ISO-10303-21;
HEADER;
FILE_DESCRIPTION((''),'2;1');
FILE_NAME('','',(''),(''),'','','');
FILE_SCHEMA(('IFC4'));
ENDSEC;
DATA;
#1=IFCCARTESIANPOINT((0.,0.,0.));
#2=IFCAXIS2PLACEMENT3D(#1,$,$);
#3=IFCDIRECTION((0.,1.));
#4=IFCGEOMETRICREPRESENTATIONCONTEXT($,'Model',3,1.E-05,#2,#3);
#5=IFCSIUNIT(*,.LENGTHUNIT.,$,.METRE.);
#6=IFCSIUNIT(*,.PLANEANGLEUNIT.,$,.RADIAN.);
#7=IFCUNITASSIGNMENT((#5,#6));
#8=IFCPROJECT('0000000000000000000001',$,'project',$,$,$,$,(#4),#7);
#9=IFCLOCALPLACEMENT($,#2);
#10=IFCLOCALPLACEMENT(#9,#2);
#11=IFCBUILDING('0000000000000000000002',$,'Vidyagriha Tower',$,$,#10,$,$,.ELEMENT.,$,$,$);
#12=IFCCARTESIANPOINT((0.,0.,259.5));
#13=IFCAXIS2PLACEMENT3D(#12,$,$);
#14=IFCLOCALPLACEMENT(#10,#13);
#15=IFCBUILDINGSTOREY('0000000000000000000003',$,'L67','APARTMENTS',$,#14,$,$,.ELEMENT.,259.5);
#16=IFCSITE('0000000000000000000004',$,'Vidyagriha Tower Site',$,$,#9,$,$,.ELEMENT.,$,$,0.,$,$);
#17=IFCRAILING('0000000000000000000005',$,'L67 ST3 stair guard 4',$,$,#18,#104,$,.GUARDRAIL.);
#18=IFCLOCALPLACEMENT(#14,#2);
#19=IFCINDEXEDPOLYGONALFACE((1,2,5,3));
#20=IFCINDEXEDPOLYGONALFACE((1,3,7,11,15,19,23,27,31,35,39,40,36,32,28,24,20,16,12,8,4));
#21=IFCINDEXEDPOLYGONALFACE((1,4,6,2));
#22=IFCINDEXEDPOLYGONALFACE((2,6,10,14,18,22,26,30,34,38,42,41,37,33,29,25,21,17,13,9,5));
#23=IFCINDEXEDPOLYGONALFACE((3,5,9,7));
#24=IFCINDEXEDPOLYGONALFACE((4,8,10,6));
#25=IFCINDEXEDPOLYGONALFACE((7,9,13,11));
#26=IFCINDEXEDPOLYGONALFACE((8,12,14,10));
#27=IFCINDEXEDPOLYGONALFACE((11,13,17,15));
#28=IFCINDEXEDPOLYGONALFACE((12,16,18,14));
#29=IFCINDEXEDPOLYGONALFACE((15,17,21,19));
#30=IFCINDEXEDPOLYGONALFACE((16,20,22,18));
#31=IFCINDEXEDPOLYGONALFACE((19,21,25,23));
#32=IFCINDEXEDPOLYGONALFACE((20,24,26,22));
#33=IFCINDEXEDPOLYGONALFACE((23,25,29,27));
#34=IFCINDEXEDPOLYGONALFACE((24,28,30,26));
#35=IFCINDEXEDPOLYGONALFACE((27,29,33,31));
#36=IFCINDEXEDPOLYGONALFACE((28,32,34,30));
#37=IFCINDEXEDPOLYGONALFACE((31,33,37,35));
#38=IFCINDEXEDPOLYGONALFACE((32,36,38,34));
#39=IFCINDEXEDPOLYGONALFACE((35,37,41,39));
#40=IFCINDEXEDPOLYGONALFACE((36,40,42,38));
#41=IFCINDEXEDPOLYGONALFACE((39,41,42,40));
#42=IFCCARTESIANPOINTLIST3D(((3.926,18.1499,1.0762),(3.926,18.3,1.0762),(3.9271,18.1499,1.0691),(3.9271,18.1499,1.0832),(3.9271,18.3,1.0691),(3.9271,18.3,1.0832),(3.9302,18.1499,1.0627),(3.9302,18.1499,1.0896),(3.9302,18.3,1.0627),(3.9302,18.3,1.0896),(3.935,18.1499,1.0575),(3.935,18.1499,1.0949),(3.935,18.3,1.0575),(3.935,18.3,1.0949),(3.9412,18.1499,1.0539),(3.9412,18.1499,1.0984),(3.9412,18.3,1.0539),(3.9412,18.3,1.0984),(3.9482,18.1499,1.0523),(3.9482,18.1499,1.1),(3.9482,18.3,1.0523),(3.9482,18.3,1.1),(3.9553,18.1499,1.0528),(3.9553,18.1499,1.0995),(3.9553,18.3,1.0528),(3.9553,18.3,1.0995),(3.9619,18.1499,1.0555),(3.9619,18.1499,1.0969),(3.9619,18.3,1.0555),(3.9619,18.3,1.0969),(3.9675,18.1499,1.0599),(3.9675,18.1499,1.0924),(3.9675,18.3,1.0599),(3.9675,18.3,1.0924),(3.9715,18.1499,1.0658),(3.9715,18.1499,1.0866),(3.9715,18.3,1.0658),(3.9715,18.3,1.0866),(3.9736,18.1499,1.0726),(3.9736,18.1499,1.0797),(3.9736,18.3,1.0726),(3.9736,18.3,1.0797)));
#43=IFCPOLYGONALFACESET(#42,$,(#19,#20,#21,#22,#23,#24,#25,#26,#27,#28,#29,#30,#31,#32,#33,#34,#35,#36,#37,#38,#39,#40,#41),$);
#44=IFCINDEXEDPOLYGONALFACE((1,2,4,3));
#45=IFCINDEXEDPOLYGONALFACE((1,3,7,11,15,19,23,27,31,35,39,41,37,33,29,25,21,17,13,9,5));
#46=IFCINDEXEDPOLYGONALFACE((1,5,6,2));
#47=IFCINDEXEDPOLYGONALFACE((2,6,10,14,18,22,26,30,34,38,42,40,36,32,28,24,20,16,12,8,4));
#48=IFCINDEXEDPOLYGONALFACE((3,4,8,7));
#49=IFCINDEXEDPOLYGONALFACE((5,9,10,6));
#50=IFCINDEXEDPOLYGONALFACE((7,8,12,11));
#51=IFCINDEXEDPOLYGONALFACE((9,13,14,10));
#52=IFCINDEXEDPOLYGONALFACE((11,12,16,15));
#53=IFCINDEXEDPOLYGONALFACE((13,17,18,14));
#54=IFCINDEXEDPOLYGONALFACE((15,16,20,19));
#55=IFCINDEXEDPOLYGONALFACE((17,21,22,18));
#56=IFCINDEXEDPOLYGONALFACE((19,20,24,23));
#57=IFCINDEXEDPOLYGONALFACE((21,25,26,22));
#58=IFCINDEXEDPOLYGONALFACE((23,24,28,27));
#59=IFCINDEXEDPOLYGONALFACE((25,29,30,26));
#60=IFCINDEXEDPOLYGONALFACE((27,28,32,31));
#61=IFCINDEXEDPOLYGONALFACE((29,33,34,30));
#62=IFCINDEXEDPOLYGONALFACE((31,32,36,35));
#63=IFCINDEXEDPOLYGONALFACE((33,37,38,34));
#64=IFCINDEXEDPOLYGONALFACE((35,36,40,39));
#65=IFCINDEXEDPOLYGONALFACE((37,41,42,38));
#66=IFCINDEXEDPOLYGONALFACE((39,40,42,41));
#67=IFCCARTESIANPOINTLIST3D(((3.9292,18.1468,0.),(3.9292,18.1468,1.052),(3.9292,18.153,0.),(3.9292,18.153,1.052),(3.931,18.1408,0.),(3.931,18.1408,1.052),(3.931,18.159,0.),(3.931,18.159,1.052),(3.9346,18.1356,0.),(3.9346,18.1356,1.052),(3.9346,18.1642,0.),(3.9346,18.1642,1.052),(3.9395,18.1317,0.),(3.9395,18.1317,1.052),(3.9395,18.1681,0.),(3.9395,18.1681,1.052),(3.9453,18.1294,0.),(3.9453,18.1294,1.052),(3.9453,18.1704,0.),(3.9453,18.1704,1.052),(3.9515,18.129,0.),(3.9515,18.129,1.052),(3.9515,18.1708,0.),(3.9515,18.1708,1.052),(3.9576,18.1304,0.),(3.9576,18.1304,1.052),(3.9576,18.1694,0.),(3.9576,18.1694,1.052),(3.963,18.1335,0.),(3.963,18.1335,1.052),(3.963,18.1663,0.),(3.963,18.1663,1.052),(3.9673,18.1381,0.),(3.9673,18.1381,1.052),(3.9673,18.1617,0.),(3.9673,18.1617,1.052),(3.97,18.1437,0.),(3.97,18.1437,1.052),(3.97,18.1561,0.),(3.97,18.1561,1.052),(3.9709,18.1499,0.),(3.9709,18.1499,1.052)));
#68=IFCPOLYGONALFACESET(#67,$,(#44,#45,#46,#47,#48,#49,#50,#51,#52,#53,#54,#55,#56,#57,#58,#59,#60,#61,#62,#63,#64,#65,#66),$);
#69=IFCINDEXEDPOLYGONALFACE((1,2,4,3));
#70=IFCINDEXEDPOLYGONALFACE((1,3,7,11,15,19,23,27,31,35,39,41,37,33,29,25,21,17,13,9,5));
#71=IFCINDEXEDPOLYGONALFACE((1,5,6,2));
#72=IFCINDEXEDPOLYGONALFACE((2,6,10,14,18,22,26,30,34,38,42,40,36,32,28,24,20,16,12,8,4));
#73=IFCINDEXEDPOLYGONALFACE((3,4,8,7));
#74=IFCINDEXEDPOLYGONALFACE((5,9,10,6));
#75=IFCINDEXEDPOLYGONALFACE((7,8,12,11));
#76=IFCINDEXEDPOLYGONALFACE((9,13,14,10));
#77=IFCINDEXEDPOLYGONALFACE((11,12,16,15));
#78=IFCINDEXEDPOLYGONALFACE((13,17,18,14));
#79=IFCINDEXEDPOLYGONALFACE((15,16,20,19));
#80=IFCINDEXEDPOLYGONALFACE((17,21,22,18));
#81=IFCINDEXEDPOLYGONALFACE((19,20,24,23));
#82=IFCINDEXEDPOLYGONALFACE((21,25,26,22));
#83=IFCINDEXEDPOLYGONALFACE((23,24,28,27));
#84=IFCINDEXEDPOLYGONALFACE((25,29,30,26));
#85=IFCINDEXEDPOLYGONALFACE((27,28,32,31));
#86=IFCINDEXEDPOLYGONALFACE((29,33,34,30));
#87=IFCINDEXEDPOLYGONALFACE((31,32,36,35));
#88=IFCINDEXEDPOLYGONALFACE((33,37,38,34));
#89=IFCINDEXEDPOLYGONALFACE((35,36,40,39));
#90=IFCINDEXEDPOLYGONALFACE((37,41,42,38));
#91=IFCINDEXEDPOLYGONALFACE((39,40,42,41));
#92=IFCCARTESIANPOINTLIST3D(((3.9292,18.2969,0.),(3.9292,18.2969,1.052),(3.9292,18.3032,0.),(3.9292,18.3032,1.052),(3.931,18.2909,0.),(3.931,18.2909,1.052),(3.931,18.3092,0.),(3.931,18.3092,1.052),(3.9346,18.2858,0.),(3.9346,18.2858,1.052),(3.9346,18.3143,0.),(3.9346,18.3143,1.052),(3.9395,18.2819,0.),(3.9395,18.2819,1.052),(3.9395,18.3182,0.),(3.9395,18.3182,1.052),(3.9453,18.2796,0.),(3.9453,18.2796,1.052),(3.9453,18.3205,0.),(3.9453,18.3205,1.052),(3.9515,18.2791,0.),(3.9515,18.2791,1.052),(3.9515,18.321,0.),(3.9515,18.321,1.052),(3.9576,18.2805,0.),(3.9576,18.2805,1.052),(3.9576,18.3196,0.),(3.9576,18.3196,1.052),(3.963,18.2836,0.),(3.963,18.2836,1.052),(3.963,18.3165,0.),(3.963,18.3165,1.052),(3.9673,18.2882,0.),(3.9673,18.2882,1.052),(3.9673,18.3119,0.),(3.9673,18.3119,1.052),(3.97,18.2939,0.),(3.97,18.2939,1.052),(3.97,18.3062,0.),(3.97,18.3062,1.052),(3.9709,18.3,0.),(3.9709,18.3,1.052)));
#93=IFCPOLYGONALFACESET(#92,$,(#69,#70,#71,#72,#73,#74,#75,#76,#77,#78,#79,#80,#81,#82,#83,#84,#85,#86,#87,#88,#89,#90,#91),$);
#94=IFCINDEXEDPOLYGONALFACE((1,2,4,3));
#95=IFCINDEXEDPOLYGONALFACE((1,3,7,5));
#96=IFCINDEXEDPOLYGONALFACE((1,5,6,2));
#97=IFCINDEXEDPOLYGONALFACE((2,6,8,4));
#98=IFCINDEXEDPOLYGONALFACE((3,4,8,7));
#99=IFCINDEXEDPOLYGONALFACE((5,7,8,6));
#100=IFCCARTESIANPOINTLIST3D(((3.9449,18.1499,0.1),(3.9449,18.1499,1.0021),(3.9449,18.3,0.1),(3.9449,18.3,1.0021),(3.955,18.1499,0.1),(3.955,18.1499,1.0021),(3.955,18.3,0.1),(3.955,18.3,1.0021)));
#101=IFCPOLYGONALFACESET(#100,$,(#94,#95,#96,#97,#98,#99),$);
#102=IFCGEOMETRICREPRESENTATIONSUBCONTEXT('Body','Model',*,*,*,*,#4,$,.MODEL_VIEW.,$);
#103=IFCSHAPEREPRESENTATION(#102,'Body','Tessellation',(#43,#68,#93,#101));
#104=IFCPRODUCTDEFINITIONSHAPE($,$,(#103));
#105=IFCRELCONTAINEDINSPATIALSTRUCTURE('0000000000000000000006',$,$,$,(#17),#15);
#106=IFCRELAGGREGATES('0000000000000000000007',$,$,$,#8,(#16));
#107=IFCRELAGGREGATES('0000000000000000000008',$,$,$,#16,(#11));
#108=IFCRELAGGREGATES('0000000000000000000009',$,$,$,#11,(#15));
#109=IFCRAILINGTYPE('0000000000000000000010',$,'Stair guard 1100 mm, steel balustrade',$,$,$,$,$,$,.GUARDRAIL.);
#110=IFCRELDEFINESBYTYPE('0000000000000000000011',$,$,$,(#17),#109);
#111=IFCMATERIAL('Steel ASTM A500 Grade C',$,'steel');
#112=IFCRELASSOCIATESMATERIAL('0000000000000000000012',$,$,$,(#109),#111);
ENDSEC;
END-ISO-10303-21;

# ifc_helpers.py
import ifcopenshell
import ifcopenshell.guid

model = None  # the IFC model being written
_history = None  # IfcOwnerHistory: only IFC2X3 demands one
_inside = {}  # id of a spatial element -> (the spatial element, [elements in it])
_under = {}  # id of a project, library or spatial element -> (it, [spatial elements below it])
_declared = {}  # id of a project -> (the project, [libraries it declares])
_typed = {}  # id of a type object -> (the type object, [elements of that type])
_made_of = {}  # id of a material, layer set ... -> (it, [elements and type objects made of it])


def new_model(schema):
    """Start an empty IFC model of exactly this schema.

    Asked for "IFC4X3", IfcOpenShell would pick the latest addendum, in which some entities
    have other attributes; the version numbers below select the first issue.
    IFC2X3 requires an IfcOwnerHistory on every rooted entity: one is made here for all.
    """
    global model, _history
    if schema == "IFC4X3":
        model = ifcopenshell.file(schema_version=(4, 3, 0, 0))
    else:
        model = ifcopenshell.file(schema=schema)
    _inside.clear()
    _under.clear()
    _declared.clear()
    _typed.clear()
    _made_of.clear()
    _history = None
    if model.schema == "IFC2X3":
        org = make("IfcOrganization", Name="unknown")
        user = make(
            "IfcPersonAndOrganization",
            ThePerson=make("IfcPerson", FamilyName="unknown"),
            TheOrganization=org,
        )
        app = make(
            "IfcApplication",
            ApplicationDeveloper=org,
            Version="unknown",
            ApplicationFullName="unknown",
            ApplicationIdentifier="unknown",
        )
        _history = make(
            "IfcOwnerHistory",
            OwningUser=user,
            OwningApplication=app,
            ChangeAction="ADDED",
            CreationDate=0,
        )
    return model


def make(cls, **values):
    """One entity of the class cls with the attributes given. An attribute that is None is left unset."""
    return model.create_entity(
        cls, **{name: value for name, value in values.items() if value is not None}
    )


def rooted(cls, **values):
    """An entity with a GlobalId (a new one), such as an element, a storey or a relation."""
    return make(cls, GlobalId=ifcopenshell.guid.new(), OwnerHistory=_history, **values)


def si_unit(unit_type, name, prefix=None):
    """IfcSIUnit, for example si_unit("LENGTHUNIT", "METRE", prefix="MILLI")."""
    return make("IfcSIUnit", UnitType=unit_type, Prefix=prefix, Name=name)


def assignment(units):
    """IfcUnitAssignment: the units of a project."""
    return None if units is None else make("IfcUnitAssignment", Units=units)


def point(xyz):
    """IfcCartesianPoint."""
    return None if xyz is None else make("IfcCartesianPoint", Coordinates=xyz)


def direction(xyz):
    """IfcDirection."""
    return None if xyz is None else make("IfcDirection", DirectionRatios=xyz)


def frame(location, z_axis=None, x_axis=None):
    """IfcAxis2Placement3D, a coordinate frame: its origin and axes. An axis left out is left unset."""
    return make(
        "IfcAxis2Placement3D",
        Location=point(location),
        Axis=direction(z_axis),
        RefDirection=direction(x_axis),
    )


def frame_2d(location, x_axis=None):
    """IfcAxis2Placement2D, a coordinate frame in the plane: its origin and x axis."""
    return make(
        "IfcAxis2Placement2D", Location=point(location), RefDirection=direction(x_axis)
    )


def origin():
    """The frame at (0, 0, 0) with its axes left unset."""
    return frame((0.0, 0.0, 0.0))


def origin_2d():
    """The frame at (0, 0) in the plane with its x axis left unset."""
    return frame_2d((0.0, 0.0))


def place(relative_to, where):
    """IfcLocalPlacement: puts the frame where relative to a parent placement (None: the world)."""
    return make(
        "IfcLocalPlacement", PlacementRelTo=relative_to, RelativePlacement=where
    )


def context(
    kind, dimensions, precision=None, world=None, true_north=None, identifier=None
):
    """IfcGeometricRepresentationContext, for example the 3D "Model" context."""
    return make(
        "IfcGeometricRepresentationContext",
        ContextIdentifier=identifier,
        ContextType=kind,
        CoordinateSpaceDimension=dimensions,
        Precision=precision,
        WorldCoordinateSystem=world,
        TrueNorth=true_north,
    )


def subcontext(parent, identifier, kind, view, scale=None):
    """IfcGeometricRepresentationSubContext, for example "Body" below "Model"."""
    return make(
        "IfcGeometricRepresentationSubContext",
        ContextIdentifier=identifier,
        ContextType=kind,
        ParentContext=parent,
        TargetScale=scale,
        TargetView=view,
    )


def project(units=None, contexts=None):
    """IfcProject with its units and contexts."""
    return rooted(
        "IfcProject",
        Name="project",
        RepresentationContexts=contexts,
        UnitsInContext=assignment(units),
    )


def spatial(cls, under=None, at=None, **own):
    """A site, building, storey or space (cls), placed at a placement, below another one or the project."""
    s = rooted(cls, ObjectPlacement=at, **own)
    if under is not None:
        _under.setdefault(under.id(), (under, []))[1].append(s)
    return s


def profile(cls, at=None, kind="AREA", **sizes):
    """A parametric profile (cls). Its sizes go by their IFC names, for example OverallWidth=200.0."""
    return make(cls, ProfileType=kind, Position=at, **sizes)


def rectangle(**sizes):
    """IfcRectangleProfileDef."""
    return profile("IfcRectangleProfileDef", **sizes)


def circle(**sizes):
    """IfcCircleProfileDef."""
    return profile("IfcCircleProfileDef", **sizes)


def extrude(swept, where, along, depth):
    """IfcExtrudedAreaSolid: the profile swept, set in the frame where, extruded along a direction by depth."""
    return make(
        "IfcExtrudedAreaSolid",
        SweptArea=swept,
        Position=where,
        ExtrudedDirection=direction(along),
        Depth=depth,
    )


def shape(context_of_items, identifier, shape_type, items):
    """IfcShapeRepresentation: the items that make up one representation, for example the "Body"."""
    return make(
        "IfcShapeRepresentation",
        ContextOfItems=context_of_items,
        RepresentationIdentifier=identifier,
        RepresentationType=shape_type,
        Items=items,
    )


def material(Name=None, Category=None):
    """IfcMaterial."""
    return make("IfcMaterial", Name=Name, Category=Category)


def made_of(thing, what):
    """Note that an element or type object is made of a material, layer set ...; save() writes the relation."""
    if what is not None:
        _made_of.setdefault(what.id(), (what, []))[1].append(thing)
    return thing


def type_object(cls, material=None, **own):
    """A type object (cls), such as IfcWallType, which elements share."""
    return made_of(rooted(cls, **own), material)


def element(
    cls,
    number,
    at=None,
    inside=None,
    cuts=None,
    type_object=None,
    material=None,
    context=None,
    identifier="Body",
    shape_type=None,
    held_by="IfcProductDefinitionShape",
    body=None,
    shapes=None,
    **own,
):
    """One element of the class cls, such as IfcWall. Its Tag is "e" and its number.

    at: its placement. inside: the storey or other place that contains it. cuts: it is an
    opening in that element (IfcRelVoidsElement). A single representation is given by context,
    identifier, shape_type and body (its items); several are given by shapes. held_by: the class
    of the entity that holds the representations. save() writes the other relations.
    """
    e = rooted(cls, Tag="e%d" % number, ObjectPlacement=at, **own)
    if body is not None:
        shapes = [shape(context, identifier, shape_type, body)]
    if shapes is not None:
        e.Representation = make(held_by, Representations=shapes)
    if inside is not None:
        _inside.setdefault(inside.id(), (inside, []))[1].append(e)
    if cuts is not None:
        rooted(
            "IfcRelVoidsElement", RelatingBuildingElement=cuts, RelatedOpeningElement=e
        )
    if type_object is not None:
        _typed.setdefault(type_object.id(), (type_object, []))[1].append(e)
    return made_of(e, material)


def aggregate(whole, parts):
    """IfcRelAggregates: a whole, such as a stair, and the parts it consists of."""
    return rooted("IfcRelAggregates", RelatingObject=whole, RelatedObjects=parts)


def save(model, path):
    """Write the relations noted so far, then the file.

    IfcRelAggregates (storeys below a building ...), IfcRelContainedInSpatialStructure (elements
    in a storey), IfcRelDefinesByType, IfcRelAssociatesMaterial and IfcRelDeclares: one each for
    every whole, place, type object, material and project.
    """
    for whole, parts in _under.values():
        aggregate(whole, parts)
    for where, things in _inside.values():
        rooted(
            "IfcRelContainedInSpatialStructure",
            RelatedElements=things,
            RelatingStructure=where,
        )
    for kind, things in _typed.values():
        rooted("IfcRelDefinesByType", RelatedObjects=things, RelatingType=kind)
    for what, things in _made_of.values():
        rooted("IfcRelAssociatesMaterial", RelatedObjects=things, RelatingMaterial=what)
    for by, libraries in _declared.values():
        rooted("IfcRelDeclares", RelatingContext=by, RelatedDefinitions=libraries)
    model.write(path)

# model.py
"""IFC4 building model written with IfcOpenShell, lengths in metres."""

from ifc_helpers import new_model, si_unit, direction, frame, origin, origin_2d, place, context, subcontext, project, spatial, rectangle, circle, extrude, material, type_object, element, save


model = new_model("IFC4")

# Units and contexts
model_context = context("Model", 3, precision=1e-05, world=origin(), true_north=direction((0.0, 1.0)))
body_context = subcontext(model_context, "Body", "Model", "MODEL_VIEW")
ifc_project = project(units=[si_unit("LENGTHUNIT", "METRE"), si_unit("PLANEANGLEUNIT", "RADIAN")], contexts=[model_context])

# Site, building, storey
site_placement = place(None, origin())
site = spatial("IfcSite", under=ifc_project, at=site_placement, Name="Vidyagriha Tower Site", CompositionType="ELEMENT", RefElevation=0.0)
building_placement = place(site_placement, origin())
building = spatial("IfcBuilding", under=site, at=building_placement, Name="Vidyagriha Tower", CompositionType="ELEMENT")
storey_placement = place(building_placement, frame((0.0, 0.0, 259.5)))
storey = spatial("IfcBuildingStorey", under=building, at=storey_placement, Name="L67", Description="APARTMENTS", CompositionType="ELEMENT", Elevation=259.5)

# Railing
ifc_material_1 = material(Name="Steel ASTM A500 Grade C", Category="steel")
railing_type_1 = type_object("IfcRailingType", Name="Stair guard 1100 mm, steel balustrade", PredefinedType="GUARDRAIL", material=ifc_material_1)
railing_1_placement = place(storey_placement, frame((3.95, 18.1499, 0.0)))
element("IfcRailing", 1, at=railing_1_placement, inside=storey, type_object=railing_type_1, Name="L67 ST3 stair guard 4", PredefinedType="GUARDRAIL", context=body_context, shape_type="SweptSolid", body=[
    extrude(circle(Radius=0.0239, at=origin_2d()), frame((0.0, 0.0, 1.0762), z_axis=(0.0, 1.0, 0.0), x_axis=(-1.0, 0.0, 0.0)), (0.0, 0.0, 1.0), 0.1501),
    extrude(circle(Radius=0.021, at=origin_2d()), origin(), (0.0, 0.0, 1.0), 1.052),
    extrude(circle(Radius=0.021, at=origin_2d()), frame((0.0, 0.1501, 0.0)), (0.0, 0.0, 1.0), 1.052),
    extrude(rectangle(XDim=0.01, YDim=0.9021, at=origin_2d()), frame((0.0, 0.0, 0.551), z_axis=(0.0, 1.0, 0.0), x_axis=(-1.0, 0.0, 0.0)), (0.0, 0.0, 1.0), 0.1501),
])

save(model, "model.ifc")
